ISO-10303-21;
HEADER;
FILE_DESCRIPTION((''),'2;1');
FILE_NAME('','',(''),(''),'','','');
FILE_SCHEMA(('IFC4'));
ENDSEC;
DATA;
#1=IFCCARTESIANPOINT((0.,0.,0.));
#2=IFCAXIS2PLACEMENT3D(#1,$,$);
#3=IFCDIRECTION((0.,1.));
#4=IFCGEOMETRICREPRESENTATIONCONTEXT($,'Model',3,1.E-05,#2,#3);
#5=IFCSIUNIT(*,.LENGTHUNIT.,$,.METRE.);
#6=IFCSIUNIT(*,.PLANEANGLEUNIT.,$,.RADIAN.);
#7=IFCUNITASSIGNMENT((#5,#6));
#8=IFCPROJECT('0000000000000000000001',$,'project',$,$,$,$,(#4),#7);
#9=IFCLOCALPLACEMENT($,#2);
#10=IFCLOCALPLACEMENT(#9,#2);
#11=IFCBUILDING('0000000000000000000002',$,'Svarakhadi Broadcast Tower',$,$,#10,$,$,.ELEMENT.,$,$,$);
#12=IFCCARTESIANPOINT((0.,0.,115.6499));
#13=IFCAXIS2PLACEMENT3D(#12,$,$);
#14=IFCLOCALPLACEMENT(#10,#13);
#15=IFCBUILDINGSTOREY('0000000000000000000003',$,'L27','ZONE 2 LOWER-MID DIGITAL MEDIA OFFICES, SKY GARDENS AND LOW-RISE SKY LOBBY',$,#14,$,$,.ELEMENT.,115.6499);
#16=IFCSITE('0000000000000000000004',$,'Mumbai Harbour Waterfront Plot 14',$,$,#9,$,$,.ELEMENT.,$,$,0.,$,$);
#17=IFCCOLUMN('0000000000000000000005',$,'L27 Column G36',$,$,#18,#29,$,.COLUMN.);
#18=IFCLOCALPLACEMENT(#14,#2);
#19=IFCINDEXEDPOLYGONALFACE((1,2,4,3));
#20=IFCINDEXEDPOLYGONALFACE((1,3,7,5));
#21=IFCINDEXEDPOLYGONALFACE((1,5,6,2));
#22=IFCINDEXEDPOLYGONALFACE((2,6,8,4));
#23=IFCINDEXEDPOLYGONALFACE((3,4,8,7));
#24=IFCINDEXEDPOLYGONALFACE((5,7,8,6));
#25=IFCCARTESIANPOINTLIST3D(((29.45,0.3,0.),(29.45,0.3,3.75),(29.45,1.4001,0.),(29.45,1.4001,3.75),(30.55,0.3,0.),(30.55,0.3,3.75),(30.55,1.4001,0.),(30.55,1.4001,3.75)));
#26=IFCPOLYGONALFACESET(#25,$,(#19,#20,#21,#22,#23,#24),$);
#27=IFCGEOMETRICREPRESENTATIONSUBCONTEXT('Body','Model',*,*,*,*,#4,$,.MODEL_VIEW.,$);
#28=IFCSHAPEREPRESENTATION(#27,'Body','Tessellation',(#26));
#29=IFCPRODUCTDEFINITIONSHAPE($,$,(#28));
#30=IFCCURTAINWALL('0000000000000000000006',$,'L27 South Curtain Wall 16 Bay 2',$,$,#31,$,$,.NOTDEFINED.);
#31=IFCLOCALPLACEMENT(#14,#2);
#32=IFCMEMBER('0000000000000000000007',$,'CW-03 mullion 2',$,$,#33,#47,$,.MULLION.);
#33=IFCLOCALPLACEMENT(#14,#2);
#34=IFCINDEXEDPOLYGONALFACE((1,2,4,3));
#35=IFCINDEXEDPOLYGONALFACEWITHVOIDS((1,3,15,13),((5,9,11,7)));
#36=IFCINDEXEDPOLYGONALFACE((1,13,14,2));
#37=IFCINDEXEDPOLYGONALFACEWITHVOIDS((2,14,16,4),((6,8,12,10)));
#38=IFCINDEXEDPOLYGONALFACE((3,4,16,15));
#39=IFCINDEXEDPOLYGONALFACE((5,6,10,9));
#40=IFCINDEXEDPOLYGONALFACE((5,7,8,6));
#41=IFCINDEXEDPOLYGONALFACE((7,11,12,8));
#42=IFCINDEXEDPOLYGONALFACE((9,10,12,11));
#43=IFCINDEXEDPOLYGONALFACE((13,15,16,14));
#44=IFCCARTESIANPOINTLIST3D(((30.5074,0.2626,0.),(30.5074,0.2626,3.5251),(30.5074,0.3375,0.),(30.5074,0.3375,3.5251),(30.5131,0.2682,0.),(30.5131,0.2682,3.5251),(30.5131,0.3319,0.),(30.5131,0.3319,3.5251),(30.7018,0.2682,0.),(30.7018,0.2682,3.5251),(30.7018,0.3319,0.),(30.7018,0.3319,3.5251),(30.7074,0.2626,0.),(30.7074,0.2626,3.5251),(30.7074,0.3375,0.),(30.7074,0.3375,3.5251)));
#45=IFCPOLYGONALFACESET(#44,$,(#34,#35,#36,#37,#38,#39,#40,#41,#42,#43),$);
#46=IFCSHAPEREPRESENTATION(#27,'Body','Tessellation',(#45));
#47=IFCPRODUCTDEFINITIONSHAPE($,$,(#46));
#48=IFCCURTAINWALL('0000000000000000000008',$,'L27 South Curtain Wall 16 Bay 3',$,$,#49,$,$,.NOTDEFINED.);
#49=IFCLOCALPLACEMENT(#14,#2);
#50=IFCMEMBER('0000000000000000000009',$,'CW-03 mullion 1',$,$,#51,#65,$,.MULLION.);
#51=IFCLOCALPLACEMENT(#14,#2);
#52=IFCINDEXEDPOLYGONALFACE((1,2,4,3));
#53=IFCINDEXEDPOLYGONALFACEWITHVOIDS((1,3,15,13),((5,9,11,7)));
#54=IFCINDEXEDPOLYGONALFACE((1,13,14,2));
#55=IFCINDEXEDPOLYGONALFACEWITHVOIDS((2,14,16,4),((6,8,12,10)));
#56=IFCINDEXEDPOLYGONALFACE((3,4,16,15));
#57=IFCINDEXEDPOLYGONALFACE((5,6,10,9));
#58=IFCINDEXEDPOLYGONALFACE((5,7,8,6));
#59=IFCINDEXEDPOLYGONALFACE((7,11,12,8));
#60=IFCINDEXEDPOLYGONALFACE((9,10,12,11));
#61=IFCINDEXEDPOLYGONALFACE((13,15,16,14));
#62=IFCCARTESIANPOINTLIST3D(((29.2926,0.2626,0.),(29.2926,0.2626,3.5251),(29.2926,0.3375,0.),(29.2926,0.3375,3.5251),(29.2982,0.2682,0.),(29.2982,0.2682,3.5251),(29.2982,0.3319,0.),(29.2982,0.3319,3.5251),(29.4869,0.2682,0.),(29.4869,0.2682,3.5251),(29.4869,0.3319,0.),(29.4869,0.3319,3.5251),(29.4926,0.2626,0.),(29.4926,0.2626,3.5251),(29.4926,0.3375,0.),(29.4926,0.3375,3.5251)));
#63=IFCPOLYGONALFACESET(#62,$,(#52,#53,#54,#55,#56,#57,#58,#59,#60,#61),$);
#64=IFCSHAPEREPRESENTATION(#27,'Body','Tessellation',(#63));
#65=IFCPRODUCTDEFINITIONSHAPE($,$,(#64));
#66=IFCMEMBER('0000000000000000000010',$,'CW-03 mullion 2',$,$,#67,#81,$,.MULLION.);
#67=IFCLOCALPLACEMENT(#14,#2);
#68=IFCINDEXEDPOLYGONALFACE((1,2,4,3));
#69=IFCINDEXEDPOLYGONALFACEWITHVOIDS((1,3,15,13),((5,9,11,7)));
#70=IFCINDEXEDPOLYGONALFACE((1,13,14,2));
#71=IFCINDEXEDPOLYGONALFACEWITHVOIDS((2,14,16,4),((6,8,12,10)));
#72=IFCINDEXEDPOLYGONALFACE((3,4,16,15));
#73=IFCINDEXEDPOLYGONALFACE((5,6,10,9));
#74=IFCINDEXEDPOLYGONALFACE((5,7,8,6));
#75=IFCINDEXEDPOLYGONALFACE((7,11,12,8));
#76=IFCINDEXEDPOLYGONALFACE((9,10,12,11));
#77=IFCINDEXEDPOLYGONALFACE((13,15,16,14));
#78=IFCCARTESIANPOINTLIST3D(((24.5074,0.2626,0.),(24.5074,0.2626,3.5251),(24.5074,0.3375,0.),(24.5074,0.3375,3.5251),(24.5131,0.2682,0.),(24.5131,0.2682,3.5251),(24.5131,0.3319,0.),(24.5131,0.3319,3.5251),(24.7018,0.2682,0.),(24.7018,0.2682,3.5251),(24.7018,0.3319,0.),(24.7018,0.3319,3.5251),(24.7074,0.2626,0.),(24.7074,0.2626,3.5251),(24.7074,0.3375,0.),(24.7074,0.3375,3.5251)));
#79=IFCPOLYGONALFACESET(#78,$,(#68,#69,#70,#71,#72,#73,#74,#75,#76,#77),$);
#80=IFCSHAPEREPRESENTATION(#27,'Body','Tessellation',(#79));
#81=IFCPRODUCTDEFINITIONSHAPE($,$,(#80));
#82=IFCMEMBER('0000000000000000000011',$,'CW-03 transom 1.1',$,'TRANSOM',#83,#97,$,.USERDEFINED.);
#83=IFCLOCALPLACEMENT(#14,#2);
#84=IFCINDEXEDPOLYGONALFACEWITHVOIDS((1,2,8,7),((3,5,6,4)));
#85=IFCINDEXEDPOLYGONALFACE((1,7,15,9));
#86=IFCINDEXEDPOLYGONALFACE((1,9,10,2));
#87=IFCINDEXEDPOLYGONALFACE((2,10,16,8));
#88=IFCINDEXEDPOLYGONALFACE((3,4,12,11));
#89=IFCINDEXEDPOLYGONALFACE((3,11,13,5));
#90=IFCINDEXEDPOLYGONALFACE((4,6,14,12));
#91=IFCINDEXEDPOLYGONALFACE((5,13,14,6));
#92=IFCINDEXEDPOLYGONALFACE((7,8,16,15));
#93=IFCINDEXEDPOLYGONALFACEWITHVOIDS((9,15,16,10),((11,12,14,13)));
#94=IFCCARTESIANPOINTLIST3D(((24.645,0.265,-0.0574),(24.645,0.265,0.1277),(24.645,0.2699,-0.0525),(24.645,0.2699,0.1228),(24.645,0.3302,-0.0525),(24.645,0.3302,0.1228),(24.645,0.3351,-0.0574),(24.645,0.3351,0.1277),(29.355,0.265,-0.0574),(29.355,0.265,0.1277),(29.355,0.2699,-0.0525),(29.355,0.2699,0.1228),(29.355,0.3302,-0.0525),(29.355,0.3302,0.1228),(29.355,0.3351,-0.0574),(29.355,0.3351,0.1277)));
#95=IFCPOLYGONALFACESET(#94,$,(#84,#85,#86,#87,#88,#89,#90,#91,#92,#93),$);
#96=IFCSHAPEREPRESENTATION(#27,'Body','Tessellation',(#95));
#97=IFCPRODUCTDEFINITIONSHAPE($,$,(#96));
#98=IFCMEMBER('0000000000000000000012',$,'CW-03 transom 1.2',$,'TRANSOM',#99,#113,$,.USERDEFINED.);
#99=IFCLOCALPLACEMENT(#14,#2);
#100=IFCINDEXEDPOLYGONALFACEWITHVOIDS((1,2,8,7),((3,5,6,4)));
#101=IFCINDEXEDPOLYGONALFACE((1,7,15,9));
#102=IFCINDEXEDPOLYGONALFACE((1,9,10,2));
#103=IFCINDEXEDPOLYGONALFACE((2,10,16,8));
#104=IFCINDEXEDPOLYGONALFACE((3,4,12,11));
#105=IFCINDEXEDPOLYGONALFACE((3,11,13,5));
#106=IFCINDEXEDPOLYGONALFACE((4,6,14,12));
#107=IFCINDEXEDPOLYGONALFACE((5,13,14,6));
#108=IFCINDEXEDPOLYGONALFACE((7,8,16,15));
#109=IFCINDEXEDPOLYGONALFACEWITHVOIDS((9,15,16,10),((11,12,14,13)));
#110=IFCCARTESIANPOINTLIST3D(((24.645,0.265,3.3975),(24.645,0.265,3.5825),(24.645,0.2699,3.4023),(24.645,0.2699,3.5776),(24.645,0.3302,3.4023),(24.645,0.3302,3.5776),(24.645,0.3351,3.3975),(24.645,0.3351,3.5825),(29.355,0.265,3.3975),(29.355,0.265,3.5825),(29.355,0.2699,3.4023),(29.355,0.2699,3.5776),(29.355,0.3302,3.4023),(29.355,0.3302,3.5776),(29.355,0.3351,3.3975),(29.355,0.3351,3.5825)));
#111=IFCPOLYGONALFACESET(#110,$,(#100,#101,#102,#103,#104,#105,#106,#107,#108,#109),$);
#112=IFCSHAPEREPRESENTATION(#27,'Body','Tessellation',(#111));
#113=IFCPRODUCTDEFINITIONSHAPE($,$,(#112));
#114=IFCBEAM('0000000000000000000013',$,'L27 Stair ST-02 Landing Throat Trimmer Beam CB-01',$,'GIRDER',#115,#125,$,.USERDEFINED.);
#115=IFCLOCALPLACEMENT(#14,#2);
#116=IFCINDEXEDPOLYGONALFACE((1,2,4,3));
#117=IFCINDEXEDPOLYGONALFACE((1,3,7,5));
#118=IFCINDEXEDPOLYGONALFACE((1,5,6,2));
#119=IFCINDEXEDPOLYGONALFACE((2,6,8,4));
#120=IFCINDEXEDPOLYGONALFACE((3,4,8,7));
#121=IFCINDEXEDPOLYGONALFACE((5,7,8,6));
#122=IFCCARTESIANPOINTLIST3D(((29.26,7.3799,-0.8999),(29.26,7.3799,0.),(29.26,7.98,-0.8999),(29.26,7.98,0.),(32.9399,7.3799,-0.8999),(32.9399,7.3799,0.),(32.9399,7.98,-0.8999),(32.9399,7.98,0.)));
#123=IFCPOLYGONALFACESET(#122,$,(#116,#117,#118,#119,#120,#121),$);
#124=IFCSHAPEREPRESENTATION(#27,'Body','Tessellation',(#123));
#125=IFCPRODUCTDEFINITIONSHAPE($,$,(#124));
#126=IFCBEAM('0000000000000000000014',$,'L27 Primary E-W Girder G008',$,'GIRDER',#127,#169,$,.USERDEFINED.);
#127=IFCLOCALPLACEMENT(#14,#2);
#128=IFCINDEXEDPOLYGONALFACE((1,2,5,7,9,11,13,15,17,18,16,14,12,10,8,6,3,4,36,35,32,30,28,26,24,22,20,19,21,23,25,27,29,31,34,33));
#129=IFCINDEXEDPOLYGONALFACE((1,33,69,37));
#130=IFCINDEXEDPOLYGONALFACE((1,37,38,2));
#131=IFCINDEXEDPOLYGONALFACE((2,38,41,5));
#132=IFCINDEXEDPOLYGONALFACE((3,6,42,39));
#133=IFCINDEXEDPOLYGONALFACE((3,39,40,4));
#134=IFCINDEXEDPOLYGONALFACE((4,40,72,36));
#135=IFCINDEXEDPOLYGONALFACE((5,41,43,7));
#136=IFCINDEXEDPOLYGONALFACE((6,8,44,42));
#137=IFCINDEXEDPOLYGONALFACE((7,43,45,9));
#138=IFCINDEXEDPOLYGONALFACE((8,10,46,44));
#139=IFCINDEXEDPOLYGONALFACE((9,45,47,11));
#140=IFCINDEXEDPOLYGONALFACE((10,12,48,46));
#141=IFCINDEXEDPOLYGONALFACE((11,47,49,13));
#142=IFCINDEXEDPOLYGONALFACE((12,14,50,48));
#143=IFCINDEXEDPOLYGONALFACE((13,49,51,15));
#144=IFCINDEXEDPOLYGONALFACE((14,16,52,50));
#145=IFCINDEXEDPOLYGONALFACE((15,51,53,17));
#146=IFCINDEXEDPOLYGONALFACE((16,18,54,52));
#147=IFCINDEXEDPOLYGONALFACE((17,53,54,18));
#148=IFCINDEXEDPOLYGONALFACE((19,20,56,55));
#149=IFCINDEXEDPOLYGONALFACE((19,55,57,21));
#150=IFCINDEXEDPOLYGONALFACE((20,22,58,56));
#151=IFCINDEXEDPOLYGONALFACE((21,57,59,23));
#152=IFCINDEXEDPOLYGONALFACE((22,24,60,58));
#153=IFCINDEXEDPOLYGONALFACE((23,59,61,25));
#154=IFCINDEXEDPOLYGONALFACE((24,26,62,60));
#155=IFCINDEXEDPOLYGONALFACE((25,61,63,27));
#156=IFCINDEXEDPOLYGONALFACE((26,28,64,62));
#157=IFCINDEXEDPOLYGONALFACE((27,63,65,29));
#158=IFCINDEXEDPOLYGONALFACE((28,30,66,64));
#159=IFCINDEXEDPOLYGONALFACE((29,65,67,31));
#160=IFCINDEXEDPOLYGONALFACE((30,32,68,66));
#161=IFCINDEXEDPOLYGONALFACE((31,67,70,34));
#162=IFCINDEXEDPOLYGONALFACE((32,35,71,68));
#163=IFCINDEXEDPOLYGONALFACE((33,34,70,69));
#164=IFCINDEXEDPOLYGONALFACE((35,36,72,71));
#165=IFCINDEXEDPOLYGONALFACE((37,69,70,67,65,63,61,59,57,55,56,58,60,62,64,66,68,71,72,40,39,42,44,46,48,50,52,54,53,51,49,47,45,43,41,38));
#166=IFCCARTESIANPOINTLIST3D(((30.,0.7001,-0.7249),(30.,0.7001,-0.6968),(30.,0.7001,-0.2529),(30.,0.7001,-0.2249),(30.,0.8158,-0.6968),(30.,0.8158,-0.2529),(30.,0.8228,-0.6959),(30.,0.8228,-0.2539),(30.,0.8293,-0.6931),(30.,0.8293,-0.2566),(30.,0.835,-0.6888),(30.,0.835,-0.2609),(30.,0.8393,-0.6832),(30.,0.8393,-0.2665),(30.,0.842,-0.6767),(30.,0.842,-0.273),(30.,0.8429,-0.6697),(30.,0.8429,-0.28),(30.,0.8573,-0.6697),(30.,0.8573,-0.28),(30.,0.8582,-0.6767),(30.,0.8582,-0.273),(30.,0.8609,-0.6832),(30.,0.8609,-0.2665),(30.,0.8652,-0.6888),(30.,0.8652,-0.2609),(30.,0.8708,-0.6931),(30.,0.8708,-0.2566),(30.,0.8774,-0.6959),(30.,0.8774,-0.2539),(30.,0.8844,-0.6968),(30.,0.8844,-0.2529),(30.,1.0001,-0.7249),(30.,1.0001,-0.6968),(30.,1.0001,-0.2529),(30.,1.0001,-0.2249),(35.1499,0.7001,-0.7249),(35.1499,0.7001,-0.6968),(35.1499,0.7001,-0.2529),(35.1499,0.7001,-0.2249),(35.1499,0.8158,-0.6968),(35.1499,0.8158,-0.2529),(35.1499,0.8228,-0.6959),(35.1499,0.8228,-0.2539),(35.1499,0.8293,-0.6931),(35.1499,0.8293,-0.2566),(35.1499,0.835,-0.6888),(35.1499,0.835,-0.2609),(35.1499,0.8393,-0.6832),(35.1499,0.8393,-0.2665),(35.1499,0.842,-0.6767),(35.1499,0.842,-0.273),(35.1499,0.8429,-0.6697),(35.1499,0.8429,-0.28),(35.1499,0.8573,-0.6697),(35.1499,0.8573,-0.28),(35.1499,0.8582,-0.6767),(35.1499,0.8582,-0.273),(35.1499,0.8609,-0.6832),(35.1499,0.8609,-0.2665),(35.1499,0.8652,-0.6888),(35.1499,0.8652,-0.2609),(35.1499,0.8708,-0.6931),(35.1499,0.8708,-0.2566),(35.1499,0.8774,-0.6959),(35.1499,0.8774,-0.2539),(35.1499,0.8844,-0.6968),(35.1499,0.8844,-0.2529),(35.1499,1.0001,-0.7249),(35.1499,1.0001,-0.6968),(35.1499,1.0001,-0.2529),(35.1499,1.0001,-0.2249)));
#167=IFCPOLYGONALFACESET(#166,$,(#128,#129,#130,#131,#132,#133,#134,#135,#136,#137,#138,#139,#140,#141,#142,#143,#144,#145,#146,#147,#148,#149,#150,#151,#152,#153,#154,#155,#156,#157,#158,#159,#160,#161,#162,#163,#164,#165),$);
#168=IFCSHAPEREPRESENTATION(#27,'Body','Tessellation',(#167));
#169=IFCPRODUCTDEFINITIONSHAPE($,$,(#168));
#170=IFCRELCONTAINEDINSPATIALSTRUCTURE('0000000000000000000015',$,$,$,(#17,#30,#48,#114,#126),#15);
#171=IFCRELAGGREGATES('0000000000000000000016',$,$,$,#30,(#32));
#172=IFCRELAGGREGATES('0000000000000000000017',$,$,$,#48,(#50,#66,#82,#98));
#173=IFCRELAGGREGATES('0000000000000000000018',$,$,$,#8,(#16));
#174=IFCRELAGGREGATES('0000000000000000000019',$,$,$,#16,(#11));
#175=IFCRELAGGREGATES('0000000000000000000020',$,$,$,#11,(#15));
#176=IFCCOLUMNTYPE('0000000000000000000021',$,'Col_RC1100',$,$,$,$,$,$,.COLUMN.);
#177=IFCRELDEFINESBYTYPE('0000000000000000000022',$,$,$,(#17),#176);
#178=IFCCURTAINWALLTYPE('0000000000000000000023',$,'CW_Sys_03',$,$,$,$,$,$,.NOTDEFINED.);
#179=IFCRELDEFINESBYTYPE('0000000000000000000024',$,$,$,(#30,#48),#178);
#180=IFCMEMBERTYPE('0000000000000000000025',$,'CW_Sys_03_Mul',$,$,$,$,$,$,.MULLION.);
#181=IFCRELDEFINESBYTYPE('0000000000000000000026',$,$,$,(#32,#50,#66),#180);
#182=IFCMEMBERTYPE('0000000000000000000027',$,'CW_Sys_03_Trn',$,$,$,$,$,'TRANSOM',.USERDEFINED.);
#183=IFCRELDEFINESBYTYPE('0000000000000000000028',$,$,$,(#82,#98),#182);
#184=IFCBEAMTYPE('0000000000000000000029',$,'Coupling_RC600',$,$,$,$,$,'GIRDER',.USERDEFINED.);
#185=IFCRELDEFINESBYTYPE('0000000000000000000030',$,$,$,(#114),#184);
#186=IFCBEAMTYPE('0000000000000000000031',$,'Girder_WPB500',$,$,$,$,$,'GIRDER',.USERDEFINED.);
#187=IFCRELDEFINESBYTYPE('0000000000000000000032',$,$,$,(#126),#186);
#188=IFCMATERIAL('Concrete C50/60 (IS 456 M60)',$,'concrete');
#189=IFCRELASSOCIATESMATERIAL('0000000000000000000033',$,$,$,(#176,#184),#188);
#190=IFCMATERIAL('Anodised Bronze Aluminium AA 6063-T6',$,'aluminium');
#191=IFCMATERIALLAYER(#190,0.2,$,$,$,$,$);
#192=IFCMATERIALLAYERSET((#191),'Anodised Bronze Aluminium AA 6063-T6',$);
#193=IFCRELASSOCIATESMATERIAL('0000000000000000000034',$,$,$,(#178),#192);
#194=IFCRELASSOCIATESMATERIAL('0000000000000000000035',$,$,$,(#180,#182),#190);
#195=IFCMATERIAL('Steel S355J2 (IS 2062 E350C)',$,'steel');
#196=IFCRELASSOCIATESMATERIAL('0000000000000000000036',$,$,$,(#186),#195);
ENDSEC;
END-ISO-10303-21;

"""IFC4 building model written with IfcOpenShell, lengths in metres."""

from ifc_helpers import new_model, si_unit, direction, frame, origin, origin_2d, place, context, subcontext, project, spatial, rectangle, hollow_rectangle, i_section, extrude, material, layer, layer_set, material_profile, profile_set, type_object, element, aggregate, save


model = new_model("IFC4")

# Units and contexts
model_context = context("Model", 3, precision=1e-05, world=origin(), true_north=direction((0.0, 1.0)))
body_context = subcontext(model_context, "Body", "Model", "MODEL_VIEW")
ifc_project = project(units=[si_unit("LENGTHUNIT", "METRE"), si_unit("PLANEANGLEUNIT", "RADIAN")], contexts=[model_context])

# Site, building, storey
site_placement = place(None, origin())
site = spatial("IfcSite", under=ifc_project, at=site_placement, Name="Mumbai Harbour Waterfront Plot 14", CompositionType="ELEMENT", RefElevation=0.0)
building_placement = place(site_placement, origin())
building = spatial("IfcBuilding", under=site, at=building_placement, Name="Svarakhadi Broadcast Tower", CompositionType="ELEMENT")
storey_placement = place(building_placement, frame((0.0, 0.0, 115.6499)))
storey = spatial("IfcBuildingStorey", under=building, at=storey_placement, Name="L27", Description="ZONE 2 LOWER-MID DIGITAL MEDIA OFFICES, SKY GARDENS AND LOW-RISE SKY LOBBY", CompositionType="ELEMENT", Elevation=115.6499)

# Column
ifc_material_1 = material(Name="Concrete C50/60 (IS 456 M60)", Category="concrete")
ifc_material_profile_1 = material_profile(ifc_material_1, rectangle(XDim=1.1001, YDim=1.1001, at=origin_2d()), Name="RC 1100x1100")
ifc_profile_set_1 = profile_set([ifc_material_profile_1], Name="Concrete C50/60 (IS 456 M60)")
column_type = type_object("IfcColumnType", Name="Col_RC1100", PredefinedType="COLUMN", material=ifc_profile_set_1)
column_placement = place(storey_placement, frame((30.0, 0.8501, 0.0), z_axis=(0.0, 0.0, 1.0), x_axis=(1.0, 0.0, 0.0)))
element("IfcColumn", 1, at=column_placement, inside=storey, type_object=column_type, Name="L27 Column G36", PredefinedType="COLUMN", context=body_context, shape_type="SweptSolid", body=[
    extrude(rectangle(XDim=1.1001, YDim=1.1001, at=origin_2d()), origin(), (0.0, 0.0, 1.0), 3.75),
])

# Curtain wall, member
ifc_material_2 = material(Name="Anodised Bronze Aluminium AA 6063-T6", Category="aluminium")
ifc_layer_1 = layer(ifc_material_2, 0.2)
ifc_layer_set_1 = layer_set([ifc_layer_1], Name="Anodised Bronze Aluminium AA 6063-T6")
curtain_wall_type = type_object("IfcCurtainWallType", Name="CW_Sys_03", PredefinedType="NOTDEFINED", material=ifc_layer_set_1)
curtain_wall_1_placement = place(storey_placement, origin())
curtain_wall_1 = element("IfcCurtainWall", 2, at=curtain_wall_1_placement, inside=storey, type_object=curtain_wall_type, Name="L27 South Curtain Wall 16 Bay 2", PredefinedType="NOTDEFINED")
ifc_material_profile_2 = material_profile(ifc_material_2, hollow_rectangle(XDim=0.075, YDim=0.2, WallThickness=0.0056, at=origin_2d()), Name="ALU MULLION 200x75x6")
ifc_profile_set_2 = profile_set([ifc_material_profile_2], Name="Anodised Bronze Aluminium AA 6063-T6")
member_type_1 = type_object("IfcMemberType", Name="CW_Sys_03_Mul", PredefinedType="MULLION", material=ifc_profile_set_2)
member_1_placement = place(storey_placement, frame((30.6074, 0.3, 0.0), z_axis=(0.0, 0.0, 1.0), x_axis=(0.0, -1.0, 0.0)))
member_1 = element("IfcMember", 3, at=member_1_placement, type_object=member_type_1, Name="CW-03 mullion 2", PredefinedType="MULLION", context=body_context, shape_type="SweptSolid", body=[
    extrude(hollow_rectangle(XDim=0.075, YDim=0.2, WallThickness=0.0056, at=origin_2d()), origin(), (0.0, 0.0, 1.0), 3.5251),
])

# Curtain wall, members
curtain_wall_2_placement = place(storey_placement, origin())
curtain_wall_2 = element("IfcCurtainWall", 4, at=curtain_wall_2_placement, inside=storey, type_object=curtain_wall_type, Name="L27 South Curtain Wall 16 Bay 3", PredefinedType="NOTDEFINED")
member_2_placement = place(storey_placement, frame((29.3926, 0.3, 0.0), z_axis=(0.0, 0.0, 1.0), x_axis=(0.0, -1.0, 0.0)))
member_2 = element("IfcMember", 5, at=member_2_placement, type_object=member_type_1, Name="CW-03 mullion 1", PredefinedType="MULLION", context=body_context, shape_type="SweptSolid", body=[
    extrude(hollow_rectangle(XDim=0.075, YDim=0.2, WallThickness=0.0056, at=origin_2d()), origin(), (0.0, 0.0, 1.0), 3.5251),
])
member_3_placement = place(storey_placement, frame((24.6074, 0.3, 0.0), z_axis=(0.0, 0.0, 1.0), x_axis=(0.0, -1.0, 0.0)))
member_3 = element("IfcMember", 6, at=member_3_placement, type_object=member_type_1, Name="CW-03 mullion 2", PredefinedType="MULLION", context=body_context, shape_type="SweptSolid", body=[
    extrude(hollow_rectangle(XDim=0.075, YDim=0.2, WallThickness=0.0056, at=origin_2d()), origin(), (0.0, 0.0, 1.0), 3.5251),
])
ifc_material_profile_3 = material_profile(ifc_material_2, hollow_rectangle(XDim=0.0701, YDim=0.1851, WallThickness=0.0049, at=origin_2d()), Name="ALU TRANSOM 185x70x5")
ifc_profile_set_3 = profile_set([ifc_material_profile_3], Name="Anodised Bronze Aluminium AA 6063-T6")
member_type_2 = type_object("IfcMemberType", Name="CW_Sys_03_Trn", ElementType="TRANSOM", PredefinedType="USERDEFINED", material=ifc_profile_set_3)
member_4_placement = place(storey_placement, frame((29.355, 0.3, 0.0352), z_axis=(-1.0, 0.0, 0.0), x_axis=(0.0, -1.0, 0.0)))
member_4 = element("IfcMember", 7, at=member_4_placement, type_object=member_type_2, Name="CW-03 transom 1.1", ObjectType="TRANSOM", PredefinedType="USERDEFINED", context=body_context, shape_type="SweptSolid", body=[
    extrude(hollow_rectangle(XDim=0.0701, YDim=0.1851, WallThickness=0.0049, at=origin_2d()), origin(), (0.0, 0.0, 1.0), 4.71),
])
member_5_placement = place(storey_placement, frame((29.355, 0.3, 3.49), z_axis=(-1.0, 0.0, 0.0), x_axis=(0.0, -1.0, 0.0)))
member_5 = element("IfcMember", 8, at=member_5_placement, type_object=member_type_2, Name="CW-03 transom 1.2", ObjectType="TRANSOM", PredefinedType="USERDEFINED", context=body_context, shape_type="SweptSolid", body=[
    extrude(hollow_rectangle(XDim=0.0701, YDim=0.1851, WallThickness=0.0049, at=origin_2d()), origin(), (0.0, 0.0, 1.0), 4.71),
])

# Beams
ifc_material_profile_4 = material_profile(ifc_material_1, rectangle(XDim=0.6001, YDim=0.8999, at=origin_2d()), Name="RC 600x900")
ifc_profile_set_4 = profile_set([ifc_material_profile_4], Name="Concrete C50/60 (IS 456 M60)")
beam_type_1 = type_object("IfcBeamType", Name="Coupling_RC600", ElementType="GIRDER", PredefinedType="USERDEFINED", material=ifc_profile_set_4)
beam_1_placement = place(storey_placement, frame((29.26, 7.6799, -0.45), z_axis=(1.0, 0.0, 0.0), x_axis=(0.0, 1.0, 0.0)))
element("IfcBeam", 9, at=beam_1_placement, inside=storey, type_object=beam_type_1, Name="L27 Stair ST-02 Landing Throat Trimmer Beam CB-01", ObjectType="GIRDER", PredefinedType="USERDEFINED", context=body_context, shape_type="SweptSolid", body=[
    extrude(rectangle(XDim=0.6001, YDim=0.8999, at=origin_2d()), origin(), (0.0, 0.0, 1.0), 3.6799),
])
ifc_material_3 = material(Name="Steel S355J2 (IS 2062 E350C)", Category="steel")
ifc_material_profile_5 = material_profile(ifc_material_3, i_section(OverallWidth=0.3, OverallDepth=0.5, WebThickness=0.0144, FlangeThickness=0.0281, FilletRadius=0.0271, at=origin_2d()), Name="WPB 500x300x187")
ifc_profile_set_5 = profile_set([ifc_material_profile_5], Name="Steel S355J2 (IS 2062 E350C)")
beam_type_2 = type_object("IfcBeamType", Name="Girder_WPB500", ElementType="GIRDER", PredefinedType="USERDEFINED", material=ifc_profile_set_5)
beam_2_placement = place(storey_placement, frame((30.0, 0.8501, -0.4749), z_axis=(1.0, 0.0, 0.0), x_axis=(0.0, 1.0, 0.0)))
element("IfcBeam", 10, at=beam_2_placement, inside=storey, type_object=beam_type_2, Name="L27 Primary E-W Girder G008", ObjectType="GIRDER", PredefinedType="USERDEFINED", context=body_context, shape_type="SweptSolid", body=[
    extrude(i_section(OverallWidth=0.3, OverallDepth=0.5, WebThickness=0.0144, FlangeThickness=0.0281, FilletRadius=0.0271, at=origin_2d()), origin(), (0.0, 0.0, 1.0), 5.1499),
])

aggregate(curtain_wall_1, [member_1])
aggregate(curtain_wall_2, [member_2, member_3, member_4, member_5])

save(model, "model.ifc")
